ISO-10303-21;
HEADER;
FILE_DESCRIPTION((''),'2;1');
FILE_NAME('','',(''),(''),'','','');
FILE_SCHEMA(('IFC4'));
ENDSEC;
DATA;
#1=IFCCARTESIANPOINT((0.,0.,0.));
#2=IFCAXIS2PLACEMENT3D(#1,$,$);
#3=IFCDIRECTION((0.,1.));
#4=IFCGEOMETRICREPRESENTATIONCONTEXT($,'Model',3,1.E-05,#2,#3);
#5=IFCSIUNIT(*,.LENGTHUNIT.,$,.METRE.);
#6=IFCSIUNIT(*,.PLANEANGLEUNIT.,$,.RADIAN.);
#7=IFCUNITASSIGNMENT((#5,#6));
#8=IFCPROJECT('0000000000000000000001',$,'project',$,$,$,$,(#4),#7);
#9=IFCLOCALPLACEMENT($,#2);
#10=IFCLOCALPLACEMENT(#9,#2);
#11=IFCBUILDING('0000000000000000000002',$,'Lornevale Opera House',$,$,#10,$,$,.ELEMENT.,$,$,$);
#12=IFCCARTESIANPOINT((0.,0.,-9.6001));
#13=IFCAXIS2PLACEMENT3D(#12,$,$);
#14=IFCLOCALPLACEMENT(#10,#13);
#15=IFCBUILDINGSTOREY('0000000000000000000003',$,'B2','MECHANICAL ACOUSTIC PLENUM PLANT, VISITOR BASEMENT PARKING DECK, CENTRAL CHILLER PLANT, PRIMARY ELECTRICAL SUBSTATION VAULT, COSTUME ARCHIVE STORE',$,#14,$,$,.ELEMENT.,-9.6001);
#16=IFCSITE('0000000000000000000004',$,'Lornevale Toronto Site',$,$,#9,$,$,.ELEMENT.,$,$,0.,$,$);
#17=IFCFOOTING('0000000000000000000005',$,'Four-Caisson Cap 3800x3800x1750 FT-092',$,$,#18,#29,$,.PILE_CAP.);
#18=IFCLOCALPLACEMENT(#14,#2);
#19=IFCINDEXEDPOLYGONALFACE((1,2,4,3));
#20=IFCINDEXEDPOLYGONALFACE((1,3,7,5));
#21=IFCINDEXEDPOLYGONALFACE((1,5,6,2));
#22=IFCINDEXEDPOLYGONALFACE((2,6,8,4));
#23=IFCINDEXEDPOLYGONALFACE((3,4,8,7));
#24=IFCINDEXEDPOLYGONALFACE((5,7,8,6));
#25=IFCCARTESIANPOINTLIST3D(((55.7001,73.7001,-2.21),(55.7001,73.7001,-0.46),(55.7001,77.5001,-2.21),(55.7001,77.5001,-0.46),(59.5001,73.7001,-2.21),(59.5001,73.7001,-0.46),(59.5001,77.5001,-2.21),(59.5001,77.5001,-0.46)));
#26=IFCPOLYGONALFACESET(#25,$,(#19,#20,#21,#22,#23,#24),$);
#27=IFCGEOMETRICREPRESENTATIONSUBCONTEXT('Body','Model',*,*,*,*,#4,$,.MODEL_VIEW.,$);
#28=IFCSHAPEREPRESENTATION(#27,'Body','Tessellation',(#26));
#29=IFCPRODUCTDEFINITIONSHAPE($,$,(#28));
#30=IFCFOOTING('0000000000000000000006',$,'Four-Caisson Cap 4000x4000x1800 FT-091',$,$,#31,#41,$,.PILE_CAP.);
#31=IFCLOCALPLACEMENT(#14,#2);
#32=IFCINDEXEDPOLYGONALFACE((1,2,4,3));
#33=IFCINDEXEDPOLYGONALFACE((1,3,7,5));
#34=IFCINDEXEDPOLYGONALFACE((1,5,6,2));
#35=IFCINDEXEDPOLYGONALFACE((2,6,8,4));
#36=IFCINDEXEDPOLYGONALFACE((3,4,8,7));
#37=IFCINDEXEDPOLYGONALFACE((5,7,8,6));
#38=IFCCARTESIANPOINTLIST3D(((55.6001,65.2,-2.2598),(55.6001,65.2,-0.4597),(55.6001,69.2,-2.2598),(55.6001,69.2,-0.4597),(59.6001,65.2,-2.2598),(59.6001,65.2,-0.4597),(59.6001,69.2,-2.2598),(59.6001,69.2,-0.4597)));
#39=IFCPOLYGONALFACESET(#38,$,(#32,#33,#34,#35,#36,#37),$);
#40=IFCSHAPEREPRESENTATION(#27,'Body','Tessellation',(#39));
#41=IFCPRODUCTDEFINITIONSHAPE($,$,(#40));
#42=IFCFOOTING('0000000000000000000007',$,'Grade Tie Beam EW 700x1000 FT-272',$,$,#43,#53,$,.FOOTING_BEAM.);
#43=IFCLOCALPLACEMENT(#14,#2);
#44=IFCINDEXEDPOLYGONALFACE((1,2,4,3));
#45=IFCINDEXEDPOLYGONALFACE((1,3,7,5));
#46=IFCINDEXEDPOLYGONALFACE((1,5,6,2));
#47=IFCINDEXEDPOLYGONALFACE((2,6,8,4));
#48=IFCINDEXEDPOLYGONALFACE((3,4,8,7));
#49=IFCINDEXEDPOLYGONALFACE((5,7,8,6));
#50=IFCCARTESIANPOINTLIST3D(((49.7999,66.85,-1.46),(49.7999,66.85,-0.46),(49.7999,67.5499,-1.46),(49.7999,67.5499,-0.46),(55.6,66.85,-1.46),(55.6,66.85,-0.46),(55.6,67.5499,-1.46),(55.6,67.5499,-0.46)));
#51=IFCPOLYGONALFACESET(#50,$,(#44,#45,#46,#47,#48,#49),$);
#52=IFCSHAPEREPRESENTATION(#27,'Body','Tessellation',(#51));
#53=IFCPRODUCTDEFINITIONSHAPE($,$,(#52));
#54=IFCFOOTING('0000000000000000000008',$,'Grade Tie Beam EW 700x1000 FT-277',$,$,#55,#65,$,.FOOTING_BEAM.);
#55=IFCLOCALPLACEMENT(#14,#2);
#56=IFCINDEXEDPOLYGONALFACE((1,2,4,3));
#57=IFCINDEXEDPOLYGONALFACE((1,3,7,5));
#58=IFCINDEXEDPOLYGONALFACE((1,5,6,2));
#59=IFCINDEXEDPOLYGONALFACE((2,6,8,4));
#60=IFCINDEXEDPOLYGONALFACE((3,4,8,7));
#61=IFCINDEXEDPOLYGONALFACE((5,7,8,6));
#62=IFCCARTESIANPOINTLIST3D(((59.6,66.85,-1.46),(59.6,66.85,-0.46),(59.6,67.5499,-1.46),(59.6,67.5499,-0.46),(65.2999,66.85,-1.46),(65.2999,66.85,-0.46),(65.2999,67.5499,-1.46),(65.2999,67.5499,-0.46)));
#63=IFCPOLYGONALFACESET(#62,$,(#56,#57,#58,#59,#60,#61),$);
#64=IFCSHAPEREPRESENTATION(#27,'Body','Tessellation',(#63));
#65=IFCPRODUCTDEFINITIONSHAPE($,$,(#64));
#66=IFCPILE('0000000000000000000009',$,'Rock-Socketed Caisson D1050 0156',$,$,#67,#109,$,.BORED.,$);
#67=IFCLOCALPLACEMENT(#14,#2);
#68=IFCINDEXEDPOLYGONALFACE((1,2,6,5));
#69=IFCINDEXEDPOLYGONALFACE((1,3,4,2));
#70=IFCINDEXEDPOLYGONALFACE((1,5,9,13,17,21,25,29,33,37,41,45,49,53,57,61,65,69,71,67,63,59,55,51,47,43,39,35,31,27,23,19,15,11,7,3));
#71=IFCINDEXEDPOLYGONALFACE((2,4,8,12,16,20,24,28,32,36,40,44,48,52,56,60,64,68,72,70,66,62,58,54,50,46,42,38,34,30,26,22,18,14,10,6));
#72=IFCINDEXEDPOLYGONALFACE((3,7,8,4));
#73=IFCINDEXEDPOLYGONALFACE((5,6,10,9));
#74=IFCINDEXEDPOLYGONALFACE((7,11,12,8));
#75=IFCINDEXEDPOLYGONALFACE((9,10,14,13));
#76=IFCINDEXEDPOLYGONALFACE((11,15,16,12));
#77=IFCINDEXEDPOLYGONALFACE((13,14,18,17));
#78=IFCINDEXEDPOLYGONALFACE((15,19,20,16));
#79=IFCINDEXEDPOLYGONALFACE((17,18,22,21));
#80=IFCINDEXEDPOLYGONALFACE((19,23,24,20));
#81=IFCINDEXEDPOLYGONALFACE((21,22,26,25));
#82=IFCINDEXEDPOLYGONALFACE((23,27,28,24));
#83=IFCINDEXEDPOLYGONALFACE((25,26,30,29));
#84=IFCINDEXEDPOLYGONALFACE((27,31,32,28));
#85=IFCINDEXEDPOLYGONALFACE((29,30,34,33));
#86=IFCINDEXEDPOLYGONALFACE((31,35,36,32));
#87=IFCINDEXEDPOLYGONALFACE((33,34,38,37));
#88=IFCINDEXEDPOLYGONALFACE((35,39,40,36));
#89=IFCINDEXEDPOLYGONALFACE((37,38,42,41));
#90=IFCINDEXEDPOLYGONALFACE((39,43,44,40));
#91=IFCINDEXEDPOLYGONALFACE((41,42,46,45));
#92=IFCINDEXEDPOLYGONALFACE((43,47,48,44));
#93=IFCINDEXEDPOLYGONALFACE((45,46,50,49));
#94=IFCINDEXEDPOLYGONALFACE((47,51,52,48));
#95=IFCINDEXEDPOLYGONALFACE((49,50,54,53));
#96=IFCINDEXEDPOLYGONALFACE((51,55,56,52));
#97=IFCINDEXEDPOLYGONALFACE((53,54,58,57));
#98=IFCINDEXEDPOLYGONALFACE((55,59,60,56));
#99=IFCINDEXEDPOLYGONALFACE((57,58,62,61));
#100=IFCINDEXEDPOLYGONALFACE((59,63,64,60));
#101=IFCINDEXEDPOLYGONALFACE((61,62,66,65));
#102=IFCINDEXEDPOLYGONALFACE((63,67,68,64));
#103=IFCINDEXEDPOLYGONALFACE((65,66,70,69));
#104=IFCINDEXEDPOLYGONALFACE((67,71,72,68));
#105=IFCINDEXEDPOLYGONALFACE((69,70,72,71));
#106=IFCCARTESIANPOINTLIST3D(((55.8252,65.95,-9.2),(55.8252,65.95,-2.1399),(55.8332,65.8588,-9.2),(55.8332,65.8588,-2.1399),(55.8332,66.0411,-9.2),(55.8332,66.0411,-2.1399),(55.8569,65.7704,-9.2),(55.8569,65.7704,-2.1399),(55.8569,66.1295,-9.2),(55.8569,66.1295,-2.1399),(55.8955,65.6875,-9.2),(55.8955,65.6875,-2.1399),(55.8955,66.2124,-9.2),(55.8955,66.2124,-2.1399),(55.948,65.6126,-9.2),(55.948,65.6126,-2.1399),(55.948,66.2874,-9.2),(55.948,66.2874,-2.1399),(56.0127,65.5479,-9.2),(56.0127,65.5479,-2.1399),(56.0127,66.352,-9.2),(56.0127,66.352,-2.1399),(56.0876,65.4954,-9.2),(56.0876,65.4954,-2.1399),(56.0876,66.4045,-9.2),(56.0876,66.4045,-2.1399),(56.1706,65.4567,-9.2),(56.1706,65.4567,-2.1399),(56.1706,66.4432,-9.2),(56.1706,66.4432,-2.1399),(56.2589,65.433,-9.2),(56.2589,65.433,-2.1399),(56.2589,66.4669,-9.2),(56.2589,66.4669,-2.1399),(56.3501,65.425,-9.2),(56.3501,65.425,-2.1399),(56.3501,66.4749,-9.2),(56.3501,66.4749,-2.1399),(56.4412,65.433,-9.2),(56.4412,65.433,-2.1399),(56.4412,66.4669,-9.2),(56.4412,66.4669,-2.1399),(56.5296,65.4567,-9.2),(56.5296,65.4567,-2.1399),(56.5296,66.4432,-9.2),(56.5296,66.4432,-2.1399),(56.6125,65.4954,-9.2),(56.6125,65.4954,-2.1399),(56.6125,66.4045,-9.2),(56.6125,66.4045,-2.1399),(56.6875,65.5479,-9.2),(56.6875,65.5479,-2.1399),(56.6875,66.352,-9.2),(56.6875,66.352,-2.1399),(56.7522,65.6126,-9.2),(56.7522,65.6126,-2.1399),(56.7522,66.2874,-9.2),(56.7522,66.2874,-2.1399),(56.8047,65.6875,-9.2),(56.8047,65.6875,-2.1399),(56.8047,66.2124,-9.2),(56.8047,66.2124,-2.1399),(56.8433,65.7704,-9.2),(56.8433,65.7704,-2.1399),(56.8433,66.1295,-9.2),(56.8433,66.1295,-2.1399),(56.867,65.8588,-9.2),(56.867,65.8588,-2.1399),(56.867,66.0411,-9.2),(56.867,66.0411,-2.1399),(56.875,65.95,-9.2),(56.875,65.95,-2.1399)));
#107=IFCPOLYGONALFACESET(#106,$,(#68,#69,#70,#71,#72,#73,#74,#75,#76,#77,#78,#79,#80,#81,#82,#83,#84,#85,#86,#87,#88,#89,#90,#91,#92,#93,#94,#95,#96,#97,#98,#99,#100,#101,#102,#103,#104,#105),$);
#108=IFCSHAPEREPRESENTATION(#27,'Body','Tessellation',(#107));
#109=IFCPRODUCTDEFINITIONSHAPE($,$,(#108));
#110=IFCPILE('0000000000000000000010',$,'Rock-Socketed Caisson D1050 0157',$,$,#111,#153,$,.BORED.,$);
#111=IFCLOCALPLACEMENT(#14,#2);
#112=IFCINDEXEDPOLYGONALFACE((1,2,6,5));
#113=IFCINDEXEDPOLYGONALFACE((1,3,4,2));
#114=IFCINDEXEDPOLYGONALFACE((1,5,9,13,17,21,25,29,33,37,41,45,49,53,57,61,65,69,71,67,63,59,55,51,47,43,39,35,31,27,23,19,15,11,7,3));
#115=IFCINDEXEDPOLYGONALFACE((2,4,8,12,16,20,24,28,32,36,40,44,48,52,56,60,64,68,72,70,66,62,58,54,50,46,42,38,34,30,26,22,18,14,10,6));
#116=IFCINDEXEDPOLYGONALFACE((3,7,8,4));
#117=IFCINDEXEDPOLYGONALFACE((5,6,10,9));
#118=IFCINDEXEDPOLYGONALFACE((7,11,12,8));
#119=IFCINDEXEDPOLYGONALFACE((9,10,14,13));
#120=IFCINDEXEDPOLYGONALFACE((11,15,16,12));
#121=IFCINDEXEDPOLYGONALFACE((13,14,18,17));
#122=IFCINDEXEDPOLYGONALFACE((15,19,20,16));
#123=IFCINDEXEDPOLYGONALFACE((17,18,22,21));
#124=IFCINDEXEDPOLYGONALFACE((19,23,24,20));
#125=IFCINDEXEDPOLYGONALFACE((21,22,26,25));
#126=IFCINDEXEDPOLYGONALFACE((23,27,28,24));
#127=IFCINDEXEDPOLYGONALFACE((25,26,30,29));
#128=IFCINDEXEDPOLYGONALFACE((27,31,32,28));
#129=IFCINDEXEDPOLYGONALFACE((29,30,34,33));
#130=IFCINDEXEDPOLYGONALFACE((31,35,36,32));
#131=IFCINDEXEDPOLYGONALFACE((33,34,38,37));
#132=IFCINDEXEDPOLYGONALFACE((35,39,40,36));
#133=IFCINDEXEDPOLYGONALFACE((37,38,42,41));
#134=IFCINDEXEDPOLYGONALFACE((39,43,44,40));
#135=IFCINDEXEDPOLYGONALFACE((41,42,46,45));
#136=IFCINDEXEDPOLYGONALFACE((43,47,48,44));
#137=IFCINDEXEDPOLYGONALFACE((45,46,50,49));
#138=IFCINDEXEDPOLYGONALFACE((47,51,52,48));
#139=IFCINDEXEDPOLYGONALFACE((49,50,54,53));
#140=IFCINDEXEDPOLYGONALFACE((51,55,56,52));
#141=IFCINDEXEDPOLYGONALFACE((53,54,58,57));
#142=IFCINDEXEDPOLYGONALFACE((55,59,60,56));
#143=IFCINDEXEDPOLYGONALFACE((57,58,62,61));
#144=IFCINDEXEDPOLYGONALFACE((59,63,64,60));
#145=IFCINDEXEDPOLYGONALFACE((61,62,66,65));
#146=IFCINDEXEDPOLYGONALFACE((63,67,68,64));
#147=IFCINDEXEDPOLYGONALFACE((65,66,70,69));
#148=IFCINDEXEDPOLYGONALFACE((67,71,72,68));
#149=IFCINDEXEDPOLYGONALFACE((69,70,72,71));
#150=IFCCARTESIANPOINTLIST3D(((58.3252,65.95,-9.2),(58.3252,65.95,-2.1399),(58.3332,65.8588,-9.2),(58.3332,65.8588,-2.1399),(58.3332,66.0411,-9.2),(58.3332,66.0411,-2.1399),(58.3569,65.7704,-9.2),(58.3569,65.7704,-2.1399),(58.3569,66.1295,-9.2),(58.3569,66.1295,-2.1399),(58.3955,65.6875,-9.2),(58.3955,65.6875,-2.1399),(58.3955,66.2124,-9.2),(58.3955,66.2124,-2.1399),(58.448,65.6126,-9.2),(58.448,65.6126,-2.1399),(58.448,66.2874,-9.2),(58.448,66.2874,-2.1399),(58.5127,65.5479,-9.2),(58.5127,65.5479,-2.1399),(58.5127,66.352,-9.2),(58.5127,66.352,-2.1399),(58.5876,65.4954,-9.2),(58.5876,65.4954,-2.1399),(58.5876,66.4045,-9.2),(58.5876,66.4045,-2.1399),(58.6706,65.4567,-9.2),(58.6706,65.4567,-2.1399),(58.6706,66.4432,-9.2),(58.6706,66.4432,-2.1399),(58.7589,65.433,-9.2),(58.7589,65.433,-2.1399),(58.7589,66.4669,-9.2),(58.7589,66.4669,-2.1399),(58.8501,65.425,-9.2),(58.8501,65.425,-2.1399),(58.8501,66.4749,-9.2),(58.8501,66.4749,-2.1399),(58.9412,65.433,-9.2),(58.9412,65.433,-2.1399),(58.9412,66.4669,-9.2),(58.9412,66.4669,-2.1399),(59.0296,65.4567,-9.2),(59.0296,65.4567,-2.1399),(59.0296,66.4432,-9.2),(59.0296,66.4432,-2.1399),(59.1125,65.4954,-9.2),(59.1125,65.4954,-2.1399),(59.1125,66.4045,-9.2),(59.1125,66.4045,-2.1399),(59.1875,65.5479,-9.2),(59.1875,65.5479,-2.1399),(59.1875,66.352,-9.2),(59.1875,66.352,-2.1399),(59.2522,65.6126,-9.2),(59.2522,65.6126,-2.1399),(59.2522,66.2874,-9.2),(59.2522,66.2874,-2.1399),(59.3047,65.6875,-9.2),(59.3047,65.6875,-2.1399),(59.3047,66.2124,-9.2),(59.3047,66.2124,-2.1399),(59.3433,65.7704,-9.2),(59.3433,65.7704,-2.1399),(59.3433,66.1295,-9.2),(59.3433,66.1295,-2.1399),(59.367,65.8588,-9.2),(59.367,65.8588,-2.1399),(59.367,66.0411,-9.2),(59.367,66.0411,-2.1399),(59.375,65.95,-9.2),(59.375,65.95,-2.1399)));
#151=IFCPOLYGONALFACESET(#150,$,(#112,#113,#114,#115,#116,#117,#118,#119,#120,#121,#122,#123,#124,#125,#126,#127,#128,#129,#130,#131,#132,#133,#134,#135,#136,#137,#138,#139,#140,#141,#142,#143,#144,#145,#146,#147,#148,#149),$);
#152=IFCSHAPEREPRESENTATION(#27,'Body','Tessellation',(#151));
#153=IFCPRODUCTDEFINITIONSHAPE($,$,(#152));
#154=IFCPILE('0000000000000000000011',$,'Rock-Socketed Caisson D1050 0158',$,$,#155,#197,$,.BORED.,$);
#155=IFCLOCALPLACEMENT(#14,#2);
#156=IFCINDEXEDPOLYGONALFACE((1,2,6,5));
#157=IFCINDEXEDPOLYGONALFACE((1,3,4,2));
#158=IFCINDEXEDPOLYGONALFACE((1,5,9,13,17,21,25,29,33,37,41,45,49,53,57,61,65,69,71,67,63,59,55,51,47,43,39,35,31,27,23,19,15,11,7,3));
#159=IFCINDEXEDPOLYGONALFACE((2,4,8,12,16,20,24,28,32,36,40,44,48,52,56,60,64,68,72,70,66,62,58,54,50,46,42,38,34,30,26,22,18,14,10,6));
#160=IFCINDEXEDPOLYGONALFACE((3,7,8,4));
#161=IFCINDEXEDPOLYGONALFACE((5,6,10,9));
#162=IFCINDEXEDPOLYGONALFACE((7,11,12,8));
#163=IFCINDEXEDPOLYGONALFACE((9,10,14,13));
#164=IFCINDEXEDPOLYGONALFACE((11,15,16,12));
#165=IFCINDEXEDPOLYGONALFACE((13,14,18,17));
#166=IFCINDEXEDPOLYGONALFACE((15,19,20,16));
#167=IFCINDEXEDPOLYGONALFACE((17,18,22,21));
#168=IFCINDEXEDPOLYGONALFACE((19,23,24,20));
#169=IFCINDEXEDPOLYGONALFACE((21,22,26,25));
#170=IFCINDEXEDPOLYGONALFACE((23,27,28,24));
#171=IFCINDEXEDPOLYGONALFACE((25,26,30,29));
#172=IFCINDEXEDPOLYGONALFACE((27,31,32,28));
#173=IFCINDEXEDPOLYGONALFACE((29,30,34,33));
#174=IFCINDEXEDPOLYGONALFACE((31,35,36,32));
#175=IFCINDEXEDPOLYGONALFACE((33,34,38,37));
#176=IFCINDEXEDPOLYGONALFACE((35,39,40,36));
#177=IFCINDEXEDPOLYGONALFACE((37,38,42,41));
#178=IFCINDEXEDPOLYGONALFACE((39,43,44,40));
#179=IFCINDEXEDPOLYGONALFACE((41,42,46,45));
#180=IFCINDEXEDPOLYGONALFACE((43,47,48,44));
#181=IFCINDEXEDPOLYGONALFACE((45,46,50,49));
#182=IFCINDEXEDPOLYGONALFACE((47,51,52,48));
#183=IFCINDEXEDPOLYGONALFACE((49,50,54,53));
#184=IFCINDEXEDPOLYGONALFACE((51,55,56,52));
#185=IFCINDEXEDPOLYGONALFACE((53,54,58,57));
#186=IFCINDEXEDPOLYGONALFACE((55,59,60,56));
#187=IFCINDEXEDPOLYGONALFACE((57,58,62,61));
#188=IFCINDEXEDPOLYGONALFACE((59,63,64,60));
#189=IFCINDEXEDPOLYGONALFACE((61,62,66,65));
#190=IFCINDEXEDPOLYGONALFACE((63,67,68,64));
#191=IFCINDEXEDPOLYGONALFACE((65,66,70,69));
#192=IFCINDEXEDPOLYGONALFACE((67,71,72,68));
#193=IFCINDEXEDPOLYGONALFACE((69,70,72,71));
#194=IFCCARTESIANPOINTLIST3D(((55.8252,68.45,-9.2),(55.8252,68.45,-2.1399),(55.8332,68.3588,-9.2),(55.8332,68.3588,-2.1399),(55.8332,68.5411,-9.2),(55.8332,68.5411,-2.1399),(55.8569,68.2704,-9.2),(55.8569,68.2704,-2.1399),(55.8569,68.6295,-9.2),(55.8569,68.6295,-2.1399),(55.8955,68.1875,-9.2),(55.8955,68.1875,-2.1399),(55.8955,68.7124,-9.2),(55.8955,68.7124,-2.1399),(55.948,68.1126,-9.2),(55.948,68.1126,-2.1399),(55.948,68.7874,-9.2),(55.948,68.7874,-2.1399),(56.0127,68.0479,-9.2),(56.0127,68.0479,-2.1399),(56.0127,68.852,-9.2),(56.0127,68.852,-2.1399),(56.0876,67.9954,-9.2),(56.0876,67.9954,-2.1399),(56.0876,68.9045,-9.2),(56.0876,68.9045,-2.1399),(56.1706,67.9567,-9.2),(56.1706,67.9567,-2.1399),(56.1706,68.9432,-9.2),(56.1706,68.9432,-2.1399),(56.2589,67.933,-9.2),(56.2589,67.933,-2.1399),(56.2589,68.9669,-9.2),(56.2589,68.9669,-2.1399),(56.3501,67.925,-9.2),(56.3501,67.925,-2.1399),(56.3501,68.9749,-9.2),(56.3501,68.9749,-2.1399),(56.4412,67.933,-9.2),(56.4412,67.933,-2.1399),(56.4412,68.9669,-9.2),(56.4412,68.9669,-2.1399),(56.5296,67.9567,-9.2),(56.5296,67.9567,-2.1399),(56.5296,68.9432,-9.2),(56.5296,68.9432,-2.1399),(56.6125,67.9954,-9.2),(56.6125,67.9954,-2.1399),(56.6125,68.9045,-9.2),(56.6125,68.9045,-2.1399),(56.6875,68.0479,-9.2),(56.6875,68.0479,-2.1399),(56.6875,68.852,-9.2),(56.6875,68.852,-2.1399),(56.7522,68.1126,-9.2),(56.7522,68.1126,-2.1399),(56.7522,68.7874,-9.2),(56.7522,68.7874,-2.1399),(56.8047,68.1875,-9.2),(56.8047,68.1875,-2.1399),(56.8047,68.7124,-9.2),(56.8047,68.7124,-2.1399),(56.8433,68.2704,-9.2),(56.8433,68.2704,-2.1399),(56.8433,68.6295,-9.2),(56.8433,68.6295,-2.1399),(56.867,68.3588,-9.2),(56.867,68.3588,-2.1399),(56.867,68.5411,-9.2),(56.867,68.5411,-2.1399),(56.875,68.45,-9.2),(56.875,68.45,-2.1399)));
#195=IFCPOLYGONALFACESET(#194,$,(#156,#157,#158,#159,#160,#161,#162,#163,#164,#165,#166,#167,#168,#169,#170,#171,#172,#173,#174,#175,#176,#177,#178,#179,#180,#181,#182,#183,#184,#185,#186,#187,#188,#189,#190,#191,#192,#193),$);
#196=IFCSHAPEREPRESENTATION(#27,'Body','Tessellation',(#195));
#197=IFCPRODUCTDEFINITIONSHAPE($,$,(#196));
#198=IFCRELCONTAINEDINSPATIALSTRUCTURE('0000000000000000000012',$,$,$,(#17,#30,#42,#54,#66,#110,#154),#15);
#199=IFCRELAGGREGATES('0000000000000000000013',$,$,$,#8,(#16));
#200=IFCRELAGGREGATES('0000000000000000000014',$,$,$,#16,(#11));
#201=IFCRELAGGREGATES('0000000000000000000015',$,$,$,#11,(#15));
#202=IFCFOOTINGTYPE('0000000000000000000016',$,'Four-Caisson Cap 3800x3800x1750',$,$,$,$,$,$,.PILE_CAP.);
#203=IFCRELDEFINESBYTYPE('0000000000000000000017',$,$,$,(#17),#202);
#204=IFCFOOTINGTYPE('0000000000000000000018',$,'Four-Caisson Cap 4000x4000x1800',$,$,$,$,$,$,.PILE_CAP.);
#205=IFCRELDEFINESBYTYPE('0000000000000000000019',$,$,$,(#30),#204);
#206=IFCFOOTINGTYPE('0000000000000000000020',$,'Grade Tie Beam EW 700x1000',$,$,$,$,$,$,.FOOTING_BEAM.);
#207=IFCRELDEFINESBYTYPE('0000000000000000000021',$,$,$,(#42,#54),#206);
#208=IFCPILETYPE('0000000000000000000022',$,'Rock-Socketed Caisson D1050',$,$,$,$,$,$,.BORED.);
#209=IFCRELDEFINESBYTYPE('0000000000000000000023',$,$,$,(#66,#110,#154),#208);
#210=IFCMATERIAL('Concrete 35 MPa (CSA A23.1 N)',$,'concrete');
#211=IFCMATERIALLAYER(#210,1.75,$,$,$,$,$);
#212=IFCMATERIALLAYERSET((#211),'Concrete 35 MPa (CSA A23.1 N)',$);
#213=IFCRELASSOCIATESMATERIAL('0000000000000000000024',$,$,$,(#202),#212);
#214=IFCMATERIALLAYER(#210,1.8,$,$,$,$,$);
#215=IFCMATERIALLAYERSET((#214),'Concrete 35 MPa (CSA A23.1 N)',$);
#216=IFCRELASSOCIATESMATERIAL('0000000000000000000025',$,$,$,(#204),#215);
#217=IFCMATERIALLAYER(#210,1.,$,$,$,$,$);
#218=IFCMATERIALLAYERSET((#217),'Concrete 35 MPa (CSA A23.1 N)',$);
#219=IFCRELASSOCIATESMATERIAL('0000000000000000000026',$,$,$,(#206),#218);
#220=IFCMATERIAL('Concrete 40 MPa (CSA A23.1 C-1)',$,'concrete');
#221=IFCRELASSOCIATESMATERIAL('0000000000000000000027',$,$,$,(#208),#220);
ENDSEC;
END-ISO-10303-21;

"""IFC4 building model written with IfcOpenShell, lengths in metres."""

from ifc_helpers import new_model, si_unit, direction, frame, origin, origin_2d, place, context, subcontext, project, spatial, rectangle, circle, extrude, material, layer, layer_set, material_profile, profile_set, type_object, element, save


model = new_model("IFC4")

# Units and contexts
model_context = context("Model", 3, precision=1e-05, world=origin(), true_north=direction((0.0, 1.0)))
body_context = subcontext(model_context, "Body", "Model", "MODEL_VIEW")
ifc_project = project(units=[si_unit("LENGTHUNIT", "METRE"), si_unit("PLANEANGLEUNIT", "RADIAN")], contexts=[model_context])

# Site, building, storey
site_placement = place(None, origin())
site = spatial("IfcSite", under=ifc_project, at=site_placement, Name="Lornevale Toronto Site", CompositionType="ELEMENT", RefElevation=0.0)
building_placement = place(site_placement, origin())
building = spatial("IfcBuilding", under=site, at=building_placement, Name="Lornevale Opera House", CompositionType="ELEMENT")
storey_placement = place(building_placement, frame((0.0, 0.0, -9.6001)))
storey = spatial("IfcBuildingStorey", under=building, at=storey_placement, Name="B2", Description="MECHANICAL ACOUSTIC PLENUM PLANT, VISITOR BASEMENT PARKING DECK, CENTRAL CHILLER PLANT, PRIMARY ELECTRICAL SUBSTATION VAULT, COSTUME ARCHIVE STORE", CompositionType="ELEMENT", Elevation=-9.6001)

# Footings
ifc_material_1 = material(Name="Concrete 35 MPa (CSA A23.1 N)", Category="concrete")
ifc_layer_1 = layer(ifc_material_1, 1.75)
ifc_layer_set_1 = layer_set([ifc_layer_1], Name="Concrete 35 MPa (CSA A23.1 N)")
footing_type_1 = type_object("IfcFootingType", Name="Four-Caisson Cap 3800x3800x1750", PredefinedType="PILE_CAP", material=ifc_layer_set_1)
footing_1_placement = place(storey_placement, frame((57.6001, 75.6001, -2.21), z_axis=(0.0, 0.0, 1.0), x_axis=(1.0, 0.0, 0.0)))
element("IfcFooting", 1, at=footing_1_placement, inside=storey, type_object=footing_type_1, Name="Four-Caisson Cap 3800x3800x1750 FT-092", PredefinedType="PILE_CAP", context=body_context, shape_type="SweptSolid", body=[
    extrude(rectangle(XDim=3.8, YDim=3.8, at=origin_2d()), origin(), (0.0, 0.0, 1.0), 1.75),
])
ifc_layer_2 = layer(ifc_material_1, 1.8)
ifc_layer_set_2 = layer_set([ifc_layer_2], Name="Concrete 35 MPa (CSA A23.1 N)")
footing_type_2 = type_object("IfcFootingType", Name="Four-Caisson Cap 4000x4000x1800", PredefinedType="PILE_CAP", material=ifc_layer_set_2)
footing_2_placement = place(storey_placement, frame((57.6001, 67.2, -2.2598), z_axis=(0.0, 0.0, 1.0), x_axis=(1.0, 0.0, 0.0)))
element("IfcFooting", 2, at=footing_2_placement, inside=storey, type_object=footing_type_2, Name="Four-Caisson Cap 4000x4000x1800 FT-091", PredefinedType="PILE_CAP", context=body_context, shape_type="SweptSolid", body=[
    extrude(rectangle(XDim=4.0, YDim=4.0, at=origin_2d()), origin(), (0.0, 0.0, 1.0), 1.8),
])
ifc_layer_3 = layer(ifc_material_1, 1.0)
ifc_layer_set_3 = layer_set([ifc_layer_3], Name="Concrete 35 MPa (CSA A23.1 N)")
footing_type_3 = type_object("IfcFootingType", Name="Grade Tie Beam EW 700x1000", PredefinedType="FOOTING_BEAM", material=ifc_layer_set_3)
footing_3_placement = place(storey_placement, frame((52.7, 67.2, -1.46), z_axis=(0.0, 0.0, 1.0), x_axis=(1.0, 0.0, 0.0)))
element("IfcFooting", 3, at=footing_3_placement, inside=storey, type_object=footing_type_3, Name="Grade Tie Beam EW 700x1000 FT-272", PredefinedType="FOOTING_BEAM", context=body_context, shape_type="SweptSolid", body=[
    extrude(rectangle(XDim=5.8, YDim=0.7, at=origin_2d()), origin(), (0.0, 0.0, 1.0), 1.0),
])
footing_4_placement = place(storey_placement, frame((62.45, 67.2, -1.46), z_axis=(0.0, 0.0, 1.0), x_axis=(1.0, 0.0, 0.0)))
element("IfcFooting", 4, at=footing_4_placement, inside=storey, type_object=footing_type_3, Name="Grade Tie Beam EW 700x1000 FT-277", PredefinedType="FOOTING_BEAM", context=body_context, shape_type="SweptSolid", body=[
    extrude(rectangle(XDim=5.7, YDim=0.7, at=origin_2d()), origin(), (0.0, 0.0, 1.0), 1.0),
])

# Piles
ifc_material_2 = material(Name="Concrete 40 MPa (CSA A23.1 C-1)", Category="concrete")
ifc_material_profile_1 = material_profile(ifc_material_2, circle(Radius=0.5249, at=origin_2d()), Name="CAIS1050")
ifc_profile_set_1 = profile_set([ifc_material_profile_1], Name="Concrete 40 MPa (CSA A23.1 C-1)")
pile_type_1 = type_object("IfcPileType", Name="Rock-Socketed Caisson D1050", PredefinedType="BORED", material=ifc_profile_set_1)
for number, where, z_axis, x_axis, name in (
    (5, (56.3501, 65.95, -2.1399), (0.0, 0.0, -1.0), (1.0, 0.0, 0.0), "Rock-Socketed Caisson D1050 0156"),
    (6, (58.8501, 65.95, -2.1399), (0.0, 0.0, -1.0), (1.0, 0.0, 0.0), "Rock-Socketed Caisson D1050 0157"),
    (7, (56.3501, 68.45, -2.1399), (0.0, 0.0, -1.0), (1.0, 0.0, 0.0), "Rock-Socketed Caisson D1050 0158"),
):
    element("IfcPile", number, at=place(storey_placement, frame(where, z_axis=z_axis, x_axis=x_axis)), inside=storey, type_object=pile_type_1, Name=name, PredefinedType="BORED", context=body_context, shape_type="SweptSolid", body=[
        extrude(circle(Radius=0.5249, at=origin_2d()), origin(), (0.0, 0.0, 1.0), 7.0601),
    ])

save(model, "model.ifc")
